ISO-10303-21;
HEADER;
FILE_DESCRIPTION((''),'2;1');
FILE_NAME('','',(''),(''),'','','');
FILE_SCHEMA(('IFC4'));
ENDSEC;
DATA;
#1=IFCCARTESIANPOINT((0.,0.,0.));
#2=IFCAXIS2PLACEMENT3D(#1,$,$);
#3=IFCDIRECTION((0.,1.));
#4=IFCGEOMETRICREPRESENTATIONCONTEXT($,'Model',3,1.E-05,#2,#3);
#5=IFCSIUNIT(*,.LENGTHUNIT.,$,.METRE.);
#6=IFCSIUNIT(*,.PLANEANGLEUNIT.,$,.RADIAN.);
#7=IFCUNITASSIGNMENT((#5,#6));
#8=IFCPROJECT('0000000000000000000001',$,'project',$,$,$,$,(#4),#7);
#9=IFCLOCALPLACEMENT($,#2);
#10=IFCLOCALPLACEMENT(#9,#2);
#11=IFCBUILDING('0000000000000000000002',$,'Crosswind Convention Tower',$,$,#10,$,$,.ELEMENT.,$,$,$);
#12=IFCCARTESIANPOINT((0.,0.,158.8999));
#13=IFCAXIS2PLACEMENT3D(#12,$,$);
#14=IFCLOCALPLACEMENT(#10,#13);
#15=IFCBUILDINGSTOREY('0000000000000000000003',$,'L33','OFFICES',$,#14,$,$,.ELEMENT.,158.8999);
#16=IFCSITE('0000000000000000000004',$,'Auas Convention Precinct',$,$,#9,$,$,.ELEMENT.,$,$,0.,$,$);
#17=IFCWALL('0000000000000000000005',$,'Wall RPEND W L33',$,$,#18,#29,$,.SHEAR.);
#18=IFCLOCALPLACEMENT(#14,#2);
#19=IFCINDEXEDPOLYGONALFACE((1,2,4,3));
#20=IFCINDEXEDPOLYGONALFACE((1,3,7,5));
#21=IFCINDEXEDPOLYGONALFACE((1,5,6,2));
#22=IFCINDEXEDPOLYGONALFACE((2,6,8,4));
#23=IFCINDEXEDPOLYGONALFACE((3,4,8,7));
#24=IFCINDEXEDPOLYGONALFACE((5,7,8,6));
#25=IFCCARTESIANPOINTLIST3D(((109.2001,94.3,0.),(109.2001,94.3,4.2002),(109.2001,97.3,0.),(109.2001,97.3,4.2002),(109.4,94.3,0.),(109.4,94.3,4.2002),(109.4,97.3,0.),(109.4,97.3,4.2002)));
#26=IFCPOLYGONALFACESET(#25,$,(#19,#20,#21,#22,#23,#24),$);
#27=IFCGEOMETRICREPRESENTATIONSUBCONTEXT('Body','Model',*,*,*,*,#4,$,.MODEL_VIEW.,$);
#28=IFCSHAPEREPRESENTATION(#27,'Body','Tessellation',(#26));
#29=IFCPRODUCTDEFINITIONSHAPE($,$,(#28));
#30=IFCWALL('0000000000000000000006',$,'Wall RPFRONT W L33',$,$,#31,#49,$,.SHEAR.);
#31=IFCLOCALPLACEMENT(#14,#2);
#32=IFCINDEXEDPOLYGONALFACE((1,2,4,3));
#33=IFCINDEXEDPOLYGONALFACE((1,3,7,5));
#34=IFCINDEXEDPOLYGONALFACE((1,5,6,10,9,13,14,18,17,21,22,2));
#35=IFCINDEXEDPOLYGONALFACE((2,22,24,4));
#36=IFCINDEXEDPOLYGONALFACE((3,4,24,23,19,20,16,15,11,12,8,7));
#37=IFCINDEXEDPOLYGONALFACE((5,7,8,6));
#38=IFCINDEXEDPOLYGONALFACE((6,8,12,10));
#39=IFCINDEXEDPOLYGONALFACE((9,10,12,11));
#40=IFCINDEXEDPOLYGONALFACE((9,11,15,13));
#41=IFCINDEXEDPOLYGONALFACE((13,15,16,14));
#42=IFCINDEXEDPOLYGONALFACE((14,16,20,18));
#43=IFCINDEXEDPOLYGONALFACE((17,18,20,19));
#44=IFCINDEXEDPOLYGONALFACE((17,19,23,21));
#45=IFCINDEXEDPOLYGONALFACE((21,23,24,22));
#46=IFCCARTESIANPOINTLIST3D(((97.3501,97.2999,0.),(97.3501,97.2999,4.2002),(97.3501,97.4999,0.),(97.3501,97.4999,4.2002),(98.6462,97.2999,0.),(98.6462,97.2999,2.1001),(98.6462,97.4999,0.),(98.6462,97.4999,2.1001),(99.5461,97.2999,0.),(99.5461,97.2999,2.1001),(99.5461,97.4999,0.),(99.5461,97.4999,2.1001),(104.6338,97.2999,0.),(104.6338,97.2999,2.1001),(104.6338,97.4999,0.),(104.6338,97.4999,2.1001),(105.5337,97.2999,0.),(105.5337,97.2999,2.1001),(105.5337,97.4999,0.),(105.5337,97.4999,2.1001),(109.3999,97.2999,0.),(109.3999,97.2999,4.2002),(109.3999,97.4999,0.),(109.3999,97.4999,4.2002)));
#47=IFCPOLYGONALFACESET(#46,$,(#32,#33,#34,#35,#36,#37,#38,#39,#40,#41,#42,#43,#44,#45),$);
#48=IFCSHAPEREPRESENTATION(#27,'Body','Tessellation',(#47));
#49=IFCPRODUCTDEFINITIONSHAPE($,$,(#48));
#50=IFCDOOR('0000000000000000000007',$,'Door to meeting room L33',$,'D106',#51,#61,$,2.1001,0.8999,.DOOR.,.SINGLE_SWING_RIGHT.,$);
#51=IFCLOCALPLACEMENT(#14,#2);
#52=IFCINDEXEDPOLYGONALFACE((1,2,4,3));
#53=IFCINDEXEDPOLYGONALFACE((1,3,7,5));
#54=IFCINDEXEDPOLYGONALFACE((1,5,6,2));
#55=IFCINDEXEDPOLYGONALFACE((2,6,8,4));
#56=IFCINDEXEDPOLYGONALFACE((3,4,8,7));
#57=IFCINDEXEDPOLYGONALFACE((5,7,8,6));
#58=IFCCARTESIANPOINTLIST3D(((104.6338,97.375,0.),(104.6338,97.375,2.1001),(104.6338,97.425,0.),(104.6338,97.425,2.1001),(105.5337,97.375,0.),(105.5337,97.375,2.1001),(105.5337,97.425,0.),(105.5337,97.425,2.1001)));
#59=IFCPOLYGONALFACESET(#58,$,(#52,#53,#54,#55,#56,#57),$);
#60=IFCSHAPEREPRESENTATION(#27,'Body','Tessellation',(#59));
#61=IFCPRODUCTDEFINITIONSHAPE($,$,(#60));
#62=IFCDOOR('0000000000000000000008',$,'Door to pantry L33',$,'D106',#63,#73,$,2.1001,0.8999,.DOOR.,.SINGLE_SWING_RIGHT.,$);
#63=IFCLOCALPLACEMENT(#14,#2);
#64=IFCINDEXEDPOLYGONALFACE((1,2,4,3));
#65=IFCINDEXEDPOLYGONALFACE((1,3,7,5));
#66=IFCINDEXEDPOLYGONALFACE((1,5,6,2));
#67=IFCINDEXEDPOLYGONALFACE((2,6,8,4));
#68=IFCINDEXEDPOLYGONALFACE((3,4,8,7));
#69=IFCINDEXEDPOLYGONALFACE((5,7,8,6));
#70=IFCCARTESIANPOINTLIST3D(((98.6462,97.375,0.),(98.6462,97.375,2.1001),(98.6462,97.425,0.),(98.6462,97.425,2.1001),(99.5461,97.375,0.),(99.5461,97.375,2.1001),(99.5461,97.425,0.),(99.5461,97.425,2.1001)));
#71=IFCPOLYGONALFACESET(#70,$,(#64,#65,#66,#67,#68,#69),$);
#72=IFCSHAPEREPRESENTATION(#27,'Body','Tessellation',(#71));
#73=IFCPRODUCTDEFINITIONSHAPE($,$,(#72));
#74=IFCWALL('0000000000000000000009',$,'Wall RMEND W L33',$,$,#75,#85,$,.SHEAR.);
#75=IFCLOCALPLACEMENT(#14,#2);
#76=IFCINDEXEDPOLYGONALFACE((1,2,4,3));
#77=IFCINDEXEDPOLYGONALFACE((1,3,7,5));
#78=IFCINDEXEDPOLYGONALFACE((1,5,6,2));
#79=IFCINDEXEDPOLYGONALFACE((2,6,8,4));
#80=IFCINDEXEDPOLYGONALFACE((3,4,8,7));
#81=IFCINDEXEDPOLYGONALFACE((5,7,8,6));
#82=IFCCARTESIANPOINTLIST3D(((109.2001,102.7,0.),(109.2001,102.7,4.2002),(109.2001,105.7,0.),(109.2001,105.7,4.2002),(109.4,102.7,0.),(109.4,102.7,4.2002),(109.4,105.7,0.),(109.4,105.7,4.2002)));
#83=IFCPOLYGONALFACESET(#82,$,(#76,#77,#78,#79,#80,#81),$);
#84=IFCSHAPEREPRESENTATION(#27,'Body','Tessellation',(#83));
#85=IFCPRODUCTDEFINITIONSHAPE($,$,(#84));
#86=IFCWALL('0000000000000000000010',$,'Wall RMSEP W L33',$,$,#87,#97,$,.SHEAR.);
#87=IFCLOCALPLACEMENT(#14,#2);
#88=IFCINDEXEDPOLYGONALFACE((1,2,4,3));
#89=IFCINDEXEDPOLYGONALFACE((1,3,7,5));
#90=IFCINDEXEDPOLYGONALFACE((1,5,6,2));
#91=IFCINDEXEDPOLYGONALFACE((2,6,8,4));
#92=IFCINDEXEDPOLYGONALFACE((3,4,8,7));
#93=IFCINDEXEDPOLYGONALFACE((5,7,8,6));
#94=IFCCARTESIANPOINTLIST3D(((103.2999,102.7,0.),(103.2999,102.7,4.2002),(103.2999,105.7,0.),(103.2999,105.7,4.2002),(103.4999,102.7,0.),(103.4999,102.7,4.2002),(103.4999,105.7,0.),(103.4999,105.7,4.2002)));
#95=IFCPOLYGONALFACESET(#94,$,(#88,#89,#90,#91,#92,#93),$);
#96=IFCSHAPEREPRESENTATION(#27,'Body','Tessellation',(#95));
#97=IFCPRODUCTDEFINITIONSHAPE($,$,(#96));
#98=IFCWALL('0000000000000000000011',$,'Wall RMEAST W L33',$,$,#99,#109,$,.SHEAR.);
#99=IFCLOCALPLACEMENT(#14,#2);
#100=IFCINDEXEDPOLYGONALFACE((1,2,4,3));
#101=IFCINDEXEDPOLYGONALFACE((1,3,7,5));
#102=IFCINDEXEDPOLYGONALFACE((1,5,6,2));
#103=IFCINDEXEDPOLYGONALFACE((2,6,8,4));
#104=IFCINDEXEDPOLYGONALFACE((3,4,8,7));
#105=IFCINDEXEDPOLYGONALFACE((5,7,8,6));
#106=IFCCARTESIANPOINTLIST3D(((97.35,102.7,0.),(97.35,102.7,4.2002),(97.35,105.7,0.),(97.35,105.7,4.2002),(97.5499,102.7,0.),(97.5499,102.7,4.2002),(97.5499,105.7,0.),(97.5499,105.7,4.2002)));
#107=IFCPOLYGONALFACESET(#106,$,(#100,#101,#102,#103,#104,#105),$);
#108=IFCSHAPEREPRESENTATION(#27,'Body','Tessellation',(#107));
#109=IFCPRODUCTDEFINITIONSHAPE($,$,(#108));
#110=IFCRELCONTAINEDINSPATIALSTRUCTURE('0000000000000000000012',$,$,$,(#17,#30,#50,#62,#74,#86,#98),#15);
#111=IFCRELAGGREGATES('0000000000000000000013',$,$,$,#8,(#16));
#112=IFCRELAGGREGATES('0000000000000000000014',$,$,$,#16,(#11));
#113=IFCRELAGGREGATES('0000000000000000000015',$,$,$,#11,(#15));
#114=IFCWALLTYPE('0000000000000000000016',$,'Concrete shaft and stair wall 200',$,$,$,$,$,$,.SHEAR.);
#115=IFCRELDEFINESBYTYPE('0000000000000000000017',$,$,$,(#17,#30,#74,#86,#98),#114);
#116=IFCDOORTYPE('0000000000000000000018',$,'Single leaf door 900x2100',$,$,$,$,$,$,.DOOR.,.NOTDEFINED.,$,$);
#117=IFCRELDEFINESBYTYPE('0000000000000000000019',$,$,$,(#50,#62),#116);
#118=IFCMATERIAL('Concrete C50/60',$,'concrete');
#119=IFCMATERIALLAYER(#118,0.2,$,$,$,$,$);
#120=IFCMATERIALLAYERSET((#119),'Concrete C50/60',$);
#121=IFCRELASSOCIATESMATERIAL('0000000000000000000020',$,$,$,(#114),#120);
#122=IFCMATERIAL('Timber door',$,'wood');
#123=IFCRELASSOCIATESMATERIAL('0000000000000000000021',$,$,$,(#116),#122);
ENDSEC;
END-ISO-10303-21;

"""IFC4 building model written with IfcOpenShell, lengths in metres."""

from ifc_helpers import new_model, si_unit, direction, frame, frame_2d, origin, place, context, subcontext, project, spatial, rectangle, extrude, material, layer, layer_set, type_object, element, fill, save


model = new_model("IFC4")

# Units and contexts
model_context = context("Model", 3, precision=1e-05, world=origin(), true_north=direction((0.0, 1.0)))
body_context = subcontext(model_context, "Body", "Model", "MODEL_VIEW")
ifc_project = project(units=[si_unit("LENGTHUNIT", "METRE"), si_unit("PLANEANGLEUNIT", "RADIAN")], contexts=[model_context])

# Site, building, storey
site_placement = place(None, origin())
site = spatial("IfcSite", under=ifc_project, at=site_placement, Name="Auas Convention Precinct", CompositionType="ELEMENT", RefElevation=0.0)
building_placement = place(site_placement, origin())
building = spatial("IfcBuilding", under=site, at=building_placement, Name="Crosswind Convention Tower", CompositionType="ELEMENT")
storey_placement = place(building_placement, frame((0.0, 0.0, 158.8999)))
storey = spatial("IfcBuildingStorey", under=building, at=storey_placement, Name="L33", Description="OFFICES", CompositionType="ELEMENT", Elevation=158.8999)

# Wall
ifc_material_1 = material(Name="Concrete C50/60", Category="concrete")
ifc_layer_1 = layer(ifc_material_1, 0.2)
ifc_layer_set_1 = layer_set([ifc_layer_1], Name="Concrete C50/60")
wall_type_1 = type_object("IfcWallType", Name="Concrete shaft and stair wall 200", PredefinedType="SHEAR", material=ifc_layer_set_1)
wall_1_placement = place(storey_placement, frame((109.3, 97.3, 0.0), z_axis=(0.0, 0.0, 1.0), x_axis=(0.0, -1.0, 0.0)))
element("IfcWall", 1, at=wall_1_placement, inside=storey, type_object=wall_type_1, Name="Wall RPEND W L33", PredefinedType="SHEAR", context=body_context, shape_type="SweptSolid", body=[
    extrude(rectangle(XDim=3.0, YDim=0.2, at=frame_2d((1.5, 0.0))), origin(), (0.0, 0.0, 1.0), 4.2002),
])

# Wall, openings, doors
wall_2_placement = place(storey_placement, frame((109.3999, 97.3999, 0.0), z_axis=(0.0, 0.0, 1.0), x_axis=(-1.0, 0.0, 0.0)))
wall_2 = element("IfcWall", 2, at=wall_2_placement, inside=storey, type_object=wall_type_1, Name="Wall RPFRONT W L33", PredefinedType="SHEAR", context=body_context, shape_type="SweptSolid", body=[
    extrude(rectangle(XDim=12.0498, YDim=0.2, at=frame_2d((6.0249, 0.0))), origin(), (0.0, 0.0, 1.0), 4.2002),
])
opening_1_placement = place(wall_2_placement, frame((3.8662, 0.0, 0.0)))
opening_1 = element("IfcOpeningElement", 3, at=opening_1_placement, cuts=wall_2, PredefinedType="OPENING", context=body_context, shape_type="SweptSolid", body=[
    extrude(rectangle(XDim=0.8999, YDim=2.1001, at=frame_2d((0.45, 1.05))), frame((0.0, 0.1099, 0.0), z_axis=(0.0, -1.0, 0.0), x_axis=(1.0, 0.0, 0.0)), (0.0, 0.0, 1.0), 0.22),
])
opening_2_placement = place(wall_2_placement, frame((9.8538, 0.0, 0.0)))
opening_2 = element("IfcOpeningElement", 4, at=opening_2_placement, cuts=wall_2, PredefinedType="OPENING", context=body_context, shape_type="SweptSolid", body=[
    extrude(rectangle(XDim=0.8999, YDim=2.1001, at=frame_2d((0.45, 1.05))), frame((0.0, 0.1099, 0.0), z_axis=(0.0, -1.0, 0.0), x_axis=(1.0, 0.0, 0.0)), (0.0, 0.0, 1.0), 0.22),
])
ifc_material_2 = material(Name="Timber door", Category="wood")
door_type_1 = type_object("IfcDoorType", Name="Single leaf door 900x2100", OperationType="NOTDEFINED", PredefinedType="DOOR", material=ifc_material_2)
door_1_placement = place(opening_1_placement, origin())
door_1 = element("IfcDoor", 5, at=door_1_placement, inside=storey, type_object=door_type_1, Name="Door to meeting room L33", ObjectType="D106", OperationType="SINGLE_SWING_RIGHT", OverallHeight=2.1001, OverallWidth=0.8999, PredefinedType="DOOR", context=body_context, shape_type="SweptSolid", body=[
    extrude(rectangle(XDim=0.8999, YDim=2.1001, at=frame_2d((0.45, 1.05))), frame((0.0, 0.0249, 0.0), z_axis=(0.0, -1.0, 0.0), x_axis=(1.0, 0.0, 0.0)), (0.0, 0.0, 1.0), 0.05),
])
fill(opening_1, door_1)
door_2_placement = place(opening_2_placement, origin())
door_2 = element("IfcDoor", 6, at=door_2_placement, inside=storey, type_object=door_type_1, Name="Door to pantry L33", ObjectType="D106", OperationType="SINGLE_SWING_RIGHT", OverallHeight=2.1001, OverallWidth=0.8999, PredefinedType="DOOR", context=body_context, shape_type="SweptSolid", body=[
    extrude(rectangle(XDim=0.8999, YDim=2.1001, at=frame_2d((0.45, 1.05))), frame((0.0, 0.0249, 0.0), z_axis=(0.0, -1.0, 0.0), x_axis=(1.0, 0.0, 0.0)), (0.0, 0.0, 1.0), 0.05),
])
fill(opening_2, door_2)

# Walls
for number, where, z_axis, x_axis, name in (
    (7, (109.3, 105.7, 0.0), (0.0, 0.0, 1.0), (0.0, -1.0, 0.0), "Wall RMEND W L33"),
    (8, (103.3999, 105.7, 0.0), (0.0, 0.0, 1.0), (0.0, -1.0, 0.0), "Wall RMSEP W L33"),
    (9, (97.45, 105.7, 0.0), (0.0, 0.0, 1.0), (0.0, -1.0, 0.0), "Wall RMEAST W L33"),
):
    element("IfcWall", number, at=place(storey_placement, frame(where, z_axis=z_axis, x_axis=x_axis)), inside=storey, type_object=wall_type_1, Name=name, PredefinedType="SHEAR", context=body_context, shape_type="SweptSolid", body=[
        extrude(rectangle(XDim=3.0, YDim=0.2, at=frame_2d((1.5, 0.0))), origin(), (0.0, 0.0, 1.0), 4.2002),
    ])

save(model, "model.ifc")
